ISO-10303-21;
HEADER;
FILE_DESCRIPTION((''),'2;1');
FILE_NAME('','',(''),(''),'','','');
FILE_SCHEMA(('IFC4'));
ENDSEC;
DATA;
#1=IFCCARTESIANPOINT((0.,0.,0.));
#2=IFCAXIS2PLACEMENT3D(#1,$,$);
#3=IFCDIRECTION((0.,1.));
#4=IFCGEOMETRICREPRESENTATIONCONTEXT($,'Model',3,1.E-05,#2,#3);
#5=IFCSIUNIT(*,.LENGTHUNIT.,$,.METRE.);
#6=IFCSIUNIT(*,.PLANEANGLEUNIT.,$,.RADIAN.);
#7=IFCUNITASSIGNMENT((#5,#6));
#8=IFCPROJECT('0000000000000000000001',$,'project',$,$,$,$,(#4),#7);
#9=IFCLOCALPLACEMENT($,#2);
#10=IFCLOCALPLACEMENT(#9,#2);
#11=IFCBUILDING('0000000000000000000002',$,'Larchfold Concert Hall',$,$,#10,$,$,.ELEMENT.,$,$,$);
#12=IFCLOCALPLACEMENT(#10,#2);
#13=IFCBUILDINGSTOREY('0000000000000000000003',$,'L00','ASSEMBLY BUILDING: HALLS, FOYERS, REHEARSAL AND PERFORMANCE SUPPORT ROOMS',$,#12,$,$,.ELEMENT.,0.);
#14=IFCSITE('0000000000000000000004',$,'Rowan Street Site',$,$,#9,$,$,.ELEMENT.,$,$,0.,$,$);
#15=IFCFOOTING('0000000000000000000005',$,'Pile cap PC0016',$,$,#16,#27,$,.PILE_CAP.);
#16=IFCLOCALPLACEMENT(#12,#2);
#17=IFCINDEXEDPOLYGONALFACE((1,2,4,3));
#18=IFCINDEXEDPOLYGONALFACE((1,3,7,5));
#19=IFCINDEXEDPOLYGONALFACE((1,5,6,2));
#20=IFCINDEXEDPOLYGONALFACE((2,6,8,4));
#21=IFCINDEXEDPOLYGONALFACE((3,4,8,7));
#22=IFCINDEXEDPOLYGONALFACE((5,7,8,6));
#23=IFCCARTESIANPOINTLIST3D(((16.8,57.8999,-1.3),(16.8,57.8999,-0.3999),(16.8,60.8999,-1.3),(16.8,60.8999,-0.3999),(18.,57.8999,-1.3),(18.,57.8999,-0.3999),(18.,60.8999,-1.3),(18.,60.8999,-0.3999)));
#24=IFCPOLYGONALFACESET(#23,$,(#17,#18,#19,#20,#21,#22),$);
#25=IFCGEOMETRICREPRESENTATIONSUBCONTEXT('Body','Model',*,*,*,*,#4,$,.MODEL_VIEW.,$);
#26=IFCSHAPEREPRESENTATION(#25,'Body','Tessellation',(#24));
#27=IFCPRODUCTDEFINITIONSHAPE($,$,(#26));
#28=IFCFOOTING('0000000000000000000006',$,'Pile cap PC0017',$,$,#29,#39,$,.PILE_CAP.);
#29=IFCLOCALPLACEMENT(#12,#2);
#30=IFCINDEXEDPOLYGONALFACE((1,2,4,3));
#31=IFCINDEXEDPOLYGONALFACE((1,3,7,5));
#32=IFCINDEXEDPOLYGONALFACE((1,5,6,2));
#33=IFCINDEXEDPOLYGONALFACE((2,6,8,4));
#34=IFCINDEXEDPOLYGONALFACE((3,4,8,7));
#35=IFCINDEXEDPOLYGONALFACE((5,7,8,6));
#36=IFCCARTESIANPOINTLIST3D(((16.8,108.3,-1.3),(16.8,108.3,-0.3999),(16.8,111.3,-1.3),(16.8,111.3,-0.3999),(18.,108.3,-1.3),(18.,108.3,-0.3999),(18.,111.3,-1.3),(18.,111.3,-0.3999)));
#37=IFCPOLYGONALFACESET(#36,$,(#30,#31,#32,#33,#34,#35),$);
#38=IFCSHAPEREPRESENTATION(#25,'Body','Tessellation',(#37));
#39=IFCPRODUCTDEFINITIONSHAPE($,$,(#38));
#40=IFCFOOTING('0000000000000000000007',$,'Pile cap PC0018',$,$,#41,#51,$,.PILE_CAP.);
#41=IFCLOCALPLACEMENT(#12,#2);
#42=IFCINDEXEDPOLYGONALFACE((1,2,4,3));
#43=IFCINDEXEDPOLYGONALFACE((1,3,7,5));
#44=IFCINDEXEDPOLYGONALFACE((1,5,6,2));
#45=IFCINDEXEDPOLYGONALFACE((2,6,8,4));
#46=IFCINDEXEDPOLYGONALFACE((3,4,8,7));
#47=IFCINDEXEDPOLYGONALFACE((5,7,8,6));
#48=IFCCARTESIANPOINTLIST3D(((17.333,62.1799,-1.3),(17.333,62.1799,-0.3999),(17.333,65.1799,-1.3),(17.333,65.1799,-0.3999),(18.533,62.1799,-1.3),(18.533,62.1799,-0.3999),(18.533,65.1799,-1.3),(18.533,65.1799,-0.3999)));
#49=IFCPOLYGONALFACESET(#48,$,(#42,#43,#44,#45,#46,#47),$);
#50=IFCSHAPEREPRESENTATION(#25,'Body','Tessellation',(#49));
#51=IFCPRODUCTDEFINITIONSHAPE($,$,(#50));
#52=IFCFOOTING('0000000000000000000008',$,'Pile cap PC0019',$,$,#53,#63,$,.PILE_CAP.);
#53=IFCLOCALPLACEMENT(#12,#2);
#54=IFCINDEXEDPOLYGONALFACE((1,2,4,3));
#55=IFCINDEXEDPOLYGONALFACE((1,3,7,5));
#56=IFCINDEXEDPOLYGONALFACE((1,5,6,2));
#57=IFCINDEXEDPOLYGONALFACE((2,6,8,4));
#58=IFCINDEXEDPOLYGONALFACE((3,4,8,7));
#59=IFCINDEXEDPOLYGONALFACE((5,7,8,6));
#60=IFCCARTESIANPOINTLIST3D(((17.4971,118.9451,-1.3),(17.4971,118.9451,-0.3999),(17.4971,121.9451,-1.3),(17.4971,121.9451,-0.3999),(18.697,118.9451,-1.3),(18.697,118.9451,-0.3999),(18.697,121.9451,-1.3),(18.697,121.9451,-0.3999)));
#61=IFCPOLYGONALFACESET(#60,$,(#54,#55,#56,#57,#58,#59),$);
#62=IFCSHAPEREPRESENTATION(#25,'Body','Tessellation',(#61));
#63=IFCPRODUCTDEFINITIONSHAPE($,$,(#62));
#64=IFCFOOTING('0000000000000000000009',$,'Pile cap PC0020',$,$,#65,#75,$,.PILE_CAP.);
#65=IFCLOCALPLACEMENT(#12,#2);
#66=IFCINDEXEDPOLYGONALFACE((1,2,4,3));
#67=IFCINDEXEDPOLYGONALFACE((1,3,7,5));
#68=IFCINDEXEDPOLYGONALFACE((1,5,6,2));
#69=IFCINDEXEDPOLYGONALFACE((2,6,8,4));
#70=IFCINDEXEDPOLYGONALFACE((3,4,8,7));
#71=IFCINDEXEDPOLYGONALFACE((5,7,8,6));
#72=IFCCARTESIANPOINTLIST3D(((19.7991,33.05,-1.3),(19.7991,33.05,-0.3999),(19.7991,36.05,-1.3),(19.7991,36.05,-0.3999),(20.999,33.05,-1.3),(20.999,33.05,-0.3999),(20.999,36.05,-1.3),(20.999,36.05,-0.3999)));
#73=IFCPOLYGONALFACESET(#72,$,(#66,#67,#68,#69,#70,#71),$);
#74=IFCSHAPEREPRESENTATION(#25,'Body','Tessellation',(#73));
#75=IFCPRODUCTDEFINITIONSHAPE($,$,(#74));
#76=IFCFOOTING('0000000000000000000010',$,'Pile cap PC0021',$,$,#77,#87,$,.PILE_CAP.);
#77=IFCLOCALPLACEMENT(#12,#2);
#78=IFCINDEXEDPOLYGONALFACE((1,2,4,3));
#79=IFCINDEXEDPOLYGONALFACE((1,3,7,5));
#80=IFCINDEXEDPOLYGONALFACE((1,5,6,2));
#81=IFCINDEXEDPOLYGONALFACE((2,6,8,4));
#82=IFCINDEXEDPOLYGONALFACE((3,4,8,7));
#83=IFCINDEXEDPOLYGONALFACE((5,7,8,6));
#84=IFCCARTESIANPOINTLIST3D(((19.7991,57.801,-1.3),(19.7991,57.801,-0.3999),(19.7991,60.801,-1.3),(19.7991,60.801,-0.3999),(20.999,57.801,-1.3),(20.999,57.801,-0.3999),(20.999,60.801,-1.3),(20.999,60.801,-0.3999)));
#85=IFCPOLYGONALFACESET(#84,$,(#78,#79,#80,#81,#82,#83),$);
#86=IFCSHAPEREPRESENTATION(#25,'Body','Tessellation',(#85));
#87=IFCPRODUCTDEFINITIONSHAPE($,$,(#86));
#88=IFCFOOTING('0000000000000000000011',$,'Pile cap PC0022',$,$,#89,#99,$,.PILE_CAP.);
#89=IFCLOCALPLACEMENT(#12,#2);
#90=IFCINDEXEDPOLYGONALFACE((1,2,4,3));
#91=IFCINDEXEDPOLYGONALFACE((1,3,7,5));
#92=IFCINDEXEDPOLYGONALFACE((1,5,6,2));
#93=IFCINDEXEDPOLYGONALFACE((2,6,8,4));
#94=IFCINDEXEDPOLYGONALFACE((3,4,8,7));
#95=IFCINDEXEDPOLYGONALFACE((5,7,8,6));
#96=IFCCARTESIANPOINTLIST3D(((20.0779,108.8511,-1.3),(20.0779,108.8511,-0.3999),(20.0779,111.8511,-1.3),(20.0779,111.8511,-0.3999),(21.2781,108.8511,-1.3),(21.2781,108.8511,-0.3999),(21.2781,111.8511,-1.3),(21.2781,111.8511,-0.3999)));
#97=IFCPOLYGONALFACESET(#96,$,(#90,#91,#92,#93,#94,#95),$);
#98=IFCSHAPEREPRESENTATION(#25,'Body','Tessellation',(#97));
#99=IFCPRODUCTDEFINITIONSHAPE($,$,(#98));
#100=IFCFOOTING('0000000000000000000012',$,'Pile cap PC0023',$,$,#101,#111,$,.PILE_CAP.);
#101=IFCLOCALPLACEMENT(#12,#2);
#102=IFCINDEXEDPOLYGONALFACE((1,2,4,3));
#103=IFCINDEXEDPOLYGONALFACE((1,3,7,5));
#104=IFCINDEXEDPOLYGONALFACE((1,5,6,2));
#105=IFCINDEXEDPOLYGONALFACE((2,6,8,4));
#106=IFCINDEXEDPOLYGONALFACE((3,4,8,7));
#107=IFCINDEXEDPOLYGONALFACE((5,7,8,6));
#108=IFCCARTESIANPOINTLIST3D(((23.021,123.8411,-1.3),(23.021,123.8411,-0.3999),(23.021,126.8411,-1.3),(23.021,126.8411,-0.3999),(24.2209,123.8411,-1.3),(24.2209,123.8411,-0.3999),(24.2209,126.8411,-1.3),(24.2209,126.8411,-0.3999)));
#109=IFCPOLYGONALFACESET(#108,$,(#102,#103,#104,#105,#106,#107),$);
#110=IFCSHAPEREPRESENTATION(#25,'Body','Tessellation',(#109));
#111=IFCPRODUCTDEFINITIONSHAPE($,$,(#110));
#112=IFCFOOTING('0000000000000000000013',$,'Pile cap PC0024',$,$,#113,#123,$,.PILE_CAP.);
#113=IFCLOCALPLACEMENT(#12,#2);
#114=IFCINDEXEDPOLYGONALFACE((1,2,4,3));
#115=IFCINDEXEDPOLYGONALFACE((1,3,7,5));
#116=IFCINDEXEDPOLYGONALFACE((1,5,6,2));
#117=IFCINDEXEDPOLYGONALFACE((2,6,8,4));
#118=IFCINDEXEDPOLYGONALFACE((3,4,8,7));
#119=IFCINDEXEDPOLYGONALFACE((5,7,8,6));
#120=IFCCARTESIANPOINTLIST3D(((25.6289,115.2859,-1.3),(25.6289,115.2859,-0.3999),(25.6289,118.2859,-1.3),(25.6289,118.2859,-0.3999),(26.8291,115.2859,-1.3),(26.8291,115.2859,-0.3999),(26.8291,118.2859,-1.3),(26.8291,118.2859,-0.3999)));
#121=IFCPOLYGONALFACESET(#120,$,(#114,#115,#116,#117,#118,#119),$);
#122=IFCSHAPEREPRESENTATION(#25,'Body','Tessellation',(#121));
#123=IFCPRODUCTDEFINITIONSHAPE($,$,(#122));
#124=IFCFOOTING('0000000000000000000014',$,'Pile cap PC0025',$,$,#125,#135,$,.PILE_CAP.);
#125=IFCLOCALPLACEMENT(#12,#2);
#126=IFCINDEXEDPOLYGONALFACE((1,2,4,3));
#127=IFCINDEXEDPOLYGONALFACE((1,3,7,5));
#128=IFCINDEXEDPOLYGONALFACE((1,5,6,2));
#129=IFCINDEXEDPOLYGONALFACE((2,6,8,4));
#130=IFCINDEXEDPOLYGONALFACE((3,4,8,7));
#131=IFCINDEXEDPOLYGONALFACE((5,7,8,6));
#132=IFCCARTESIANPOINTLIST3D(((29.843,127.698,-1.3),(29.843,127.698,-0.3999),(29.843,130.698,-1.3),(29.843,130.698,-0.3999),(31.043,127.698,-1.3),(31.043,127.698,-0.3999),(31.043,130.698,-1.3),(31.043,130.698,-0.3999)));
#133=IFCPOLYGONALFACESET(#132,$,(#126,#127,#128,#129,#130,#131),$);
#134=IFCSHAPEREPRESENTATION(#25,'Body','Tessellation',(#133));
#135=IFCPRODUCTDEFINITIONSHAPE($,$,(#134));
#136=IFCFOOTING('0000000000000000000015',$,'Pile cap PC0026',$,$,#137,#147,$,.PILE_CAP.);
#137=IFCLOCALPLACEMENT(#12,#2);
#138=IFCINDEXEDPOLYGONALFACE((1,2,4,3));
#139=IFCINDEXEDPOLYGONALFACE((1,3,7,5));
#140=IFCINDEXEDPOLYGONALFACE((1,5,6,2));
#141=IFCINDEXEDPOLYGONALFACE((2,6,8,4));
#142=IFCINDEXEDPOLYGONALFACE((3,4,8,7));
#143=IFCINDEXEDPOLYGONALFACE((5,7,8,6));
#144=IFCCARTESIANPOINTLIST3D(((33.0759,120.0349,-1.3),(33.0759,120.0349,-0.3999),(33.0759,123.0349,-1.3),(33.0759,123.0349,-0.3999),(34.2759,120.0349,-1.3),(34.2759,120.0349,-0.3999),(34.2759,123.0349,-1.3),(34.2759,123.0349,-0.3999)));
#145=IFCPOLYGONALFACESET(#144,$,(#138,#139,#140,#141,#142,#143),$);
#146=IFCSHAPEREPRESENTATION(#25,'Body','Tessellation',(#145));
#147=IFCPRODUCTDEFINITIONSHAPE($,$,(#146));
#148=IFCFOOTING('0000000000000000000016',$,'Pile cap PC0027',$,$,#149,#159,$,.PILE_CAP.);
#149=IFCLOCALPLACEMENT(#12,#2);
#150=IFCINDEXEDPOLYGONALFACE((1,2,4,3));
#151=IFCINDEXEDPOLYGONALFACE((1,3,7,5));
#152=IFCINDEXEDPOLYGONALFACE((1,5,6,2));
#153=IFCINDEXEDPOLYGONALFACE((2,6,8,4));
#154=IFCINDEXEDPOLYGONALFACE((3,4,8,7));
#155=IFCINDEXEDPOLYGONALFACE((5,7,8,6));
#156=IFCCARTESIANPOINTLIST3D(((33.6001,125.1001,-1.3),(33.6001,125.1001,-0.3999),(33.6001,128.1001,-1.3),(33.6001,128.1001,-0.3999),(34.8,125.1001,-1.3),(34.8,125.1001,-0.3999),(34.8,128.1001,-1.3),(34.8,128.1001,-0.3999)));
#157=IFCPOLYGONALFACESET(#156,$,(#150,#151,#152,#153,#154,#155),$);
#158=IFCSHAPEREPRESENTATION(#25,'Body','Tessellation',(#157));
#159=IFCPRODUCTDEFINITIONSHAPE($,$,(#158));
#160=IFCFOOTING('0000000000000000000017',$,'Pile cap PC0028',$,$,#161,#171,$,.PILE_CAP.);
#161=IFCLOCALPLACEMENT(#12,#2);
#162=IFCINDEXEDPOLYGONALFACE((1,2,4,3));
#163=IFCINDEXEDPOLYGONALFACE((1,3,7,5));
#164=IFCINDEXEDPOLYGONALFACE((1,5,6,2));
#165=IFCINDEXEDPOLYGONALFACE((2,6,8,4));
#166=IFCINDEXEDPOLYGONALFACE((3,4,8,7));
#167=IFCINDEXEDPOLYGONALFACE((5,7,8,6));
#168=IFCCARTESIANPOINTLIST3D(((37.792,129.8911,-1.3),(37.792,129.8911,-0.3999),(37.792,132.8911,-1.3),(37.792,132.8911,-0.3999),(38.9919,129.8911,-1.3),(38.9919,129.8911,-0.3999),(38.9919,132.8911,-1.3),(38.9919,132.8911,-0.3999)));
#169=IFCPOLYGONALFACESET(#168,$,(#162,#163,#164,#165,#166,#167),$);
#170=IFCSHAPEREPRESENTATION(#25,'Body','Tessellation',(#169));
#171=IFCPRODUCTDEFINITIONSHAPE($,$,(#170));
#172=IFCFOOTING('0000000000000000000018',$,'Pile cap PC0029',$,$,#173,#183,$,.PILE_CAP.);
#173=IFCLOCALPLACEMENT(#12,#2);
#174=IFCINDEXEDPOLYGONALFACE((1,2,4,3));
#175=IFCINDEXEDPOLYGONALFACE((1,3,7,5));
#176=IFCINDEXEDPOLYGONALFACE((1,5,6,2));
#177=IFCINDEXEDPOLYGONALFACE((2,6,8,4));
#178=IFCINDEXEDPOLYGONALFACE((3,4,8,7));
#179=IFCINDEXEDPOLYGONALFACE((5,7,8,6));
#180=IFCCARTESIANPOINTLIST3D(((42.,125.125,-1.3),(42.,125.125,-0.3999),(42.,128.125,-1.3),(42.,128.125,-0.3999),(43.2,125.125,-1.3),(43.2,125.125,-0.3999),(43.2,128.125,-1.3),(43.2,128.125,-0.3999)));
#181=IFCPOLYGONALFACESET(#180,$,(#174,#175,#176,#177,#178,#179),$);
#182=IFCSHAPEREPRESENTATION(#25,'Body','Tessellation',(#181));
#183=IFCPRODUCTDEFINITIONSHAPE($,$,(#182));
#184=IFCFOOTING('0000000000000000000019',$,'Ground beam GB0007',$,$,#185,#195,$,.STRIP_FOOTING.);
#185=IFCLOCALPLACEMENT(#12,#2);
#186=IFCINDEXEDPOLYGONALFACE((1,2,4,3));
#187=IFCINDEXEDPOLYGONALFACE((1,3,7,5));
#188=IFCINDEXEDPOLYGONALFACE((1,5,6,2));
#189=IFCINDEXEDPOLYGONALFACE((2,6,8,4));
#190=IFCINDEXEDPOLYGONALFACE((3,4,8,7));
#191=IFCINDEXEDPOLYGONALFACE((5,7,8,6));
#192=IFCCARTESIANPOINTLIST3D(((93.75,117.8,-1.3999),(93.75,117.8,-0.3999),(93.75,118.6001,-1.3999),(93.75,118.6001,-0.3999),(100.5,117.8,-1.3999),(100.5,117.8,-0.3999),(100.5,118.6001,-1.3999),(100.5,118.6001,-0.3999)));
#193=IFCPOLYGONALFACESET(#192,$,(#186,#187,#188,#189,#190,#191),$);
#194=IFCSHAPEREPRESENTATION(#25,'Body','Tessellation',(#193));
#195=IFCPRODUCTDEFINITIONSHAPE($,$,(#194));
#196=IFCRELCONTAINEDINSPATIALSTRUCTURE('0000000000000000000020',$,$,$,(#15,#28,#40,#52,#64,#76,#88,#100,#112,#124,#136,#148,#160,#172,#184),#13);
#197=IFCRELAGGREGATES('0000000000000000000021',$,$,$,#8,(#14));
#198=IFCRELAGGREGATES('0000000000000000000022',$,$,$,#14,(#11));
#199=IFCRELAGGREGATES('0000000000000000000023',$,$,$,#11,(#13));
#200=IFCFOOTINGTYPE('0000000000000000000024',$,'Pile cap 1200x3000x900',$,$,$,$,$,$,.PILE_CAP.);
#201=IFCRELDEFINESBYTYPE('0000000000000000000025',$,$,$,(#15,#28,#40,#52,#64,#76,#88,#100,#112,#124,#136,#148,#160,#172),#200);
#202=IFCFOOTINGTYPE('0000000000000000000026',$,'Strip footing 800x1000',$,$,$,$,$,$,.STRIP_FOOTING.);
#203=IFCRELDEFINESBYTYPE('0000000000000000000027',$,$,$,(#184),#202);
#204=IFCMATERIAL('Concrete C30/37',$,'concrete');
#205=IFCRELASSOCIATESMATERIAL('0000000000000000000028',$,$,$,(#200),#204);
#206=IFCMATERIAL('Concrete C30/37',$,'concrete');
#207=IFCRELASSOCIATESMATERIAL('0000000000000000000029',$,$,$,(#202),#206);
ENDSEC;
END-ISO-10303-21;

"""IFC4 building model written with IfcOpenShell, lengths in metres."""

from ifc_helpers import new_model, si_unit, direction, frame, origin, place, context, subcontext, project, spatial, polyline, outline, extrude, material, type_object, element, save


model = new_model("IFC4")

# Units and contexts
model_context = context("Model", 3, precision=1e-05, world=origin(), true_north=direction((0.0, 1.0)))
body_context = subcontext(model_context, "Body", "Model", "MODEL_VIEW")
ifc_project = project(units=[si_unit("LENGTHUNIT", "METRE"), si_unit("PLANEANGLEUNIT", "RADIAN")], contexts=[model_context])

# Site, building, storey
site_placement = place(None, origin())
site = spatial("IfcSite", under=ifc_project, at=site_placement, Name="Rowan Street Site", CompositionType="ELEMENT", RefElevation=0.0)
building_placement = place(site_placement, origin())
building = spatial("IfcBuilding", under=site, at=building_placement, Name="Larchfold Concert Hall", CompositionType="ELEMENT")
storey_placement = place(building_placement, origin())
storey = spatial("IfcBuildingStorey", under=building, at=storey_placement, Name="L00", Description="ASSEMBLY BUILDING: HALLS, FOYERS, REHEARSAL AND PERFORMANCE SUPPORT ROOMS", CompositionType="ELEMENT", Elevation=0.0)

# Footings
ifc_material_1 = material(Name="Concrete C30/37", Category="concrete")
footing_type_1 = type_object("IfcFootingType", Name="Pile cap 1200x3000x900", PredefinedType="PILE_CAP", material=ifc_material_1)
footing_1_placement = place(storey_placement, frame((0.0, 0.0, -1.3)))
element("IfcFooting", 1, at=footing_1_placement, inside=storey, type_object=footing_type_1, Name="Pile cap PC0016", PredefinedType="PILE_CAP", context=body_context, shape_type="SweptSolid", body=[
    extrude(outline(polyline([(18.0, 57.8999), (18.0, 60.8999), (16.8, 60.8999), (16.8, 57.8999), (18.0, 57.8999)])), origin(), (0.0, 0.0, 1.0), 0.9001),
])
footing_2_placement = place(storey_placement, frame((0.0, 0.0, -1.3)))
element("IfcFooting", 2, at=footing_2_placement, inside=storey, type_object=footing_type_1, Name="Pile cap PC0017", PredefinedType="PILE_CAP", context=body_context, shape_type="SweptSolid", body=[
    extrude(outline(polyline([(18.0, 108.3), (18.0, 111.3), (16.8, 111.3), (16.8, 108.3), (18.0, 108.3)])), origin(), (0.0, 0.0, 1.0), 0.9001),
])
footing_3_placement = place(storey_placement, frame((0.0, 0.0, -1.3)))
element("IfcFooting", 3, at=footing_3_placement, inside=storey, type_object=footing_type_1, Name="Pile cap PC0018", PredefinedType="PILE_CAP", context=body_context, shape_type="SweptSolid", body=[
    extrude(outline(polyline([(18.533, 62.1799), (18.533, 65.1799), (17.333, 65.1799), (17.333, 62.1799), (18.533, 62.1799)])), origin(), (0.0, 0.0, 1.0), 0.9001),
])
footing_4_placement = place(storey_placement, frame((0.0, 0.0, -1.3)))
element("IfcFooting", 4, at=footing_4_placement, inside=storey, type_object=footing_type_1, Name="Pile cap PC0019", PredefinedType="PILE_CAP", context=body_context, shape_type="SweptSolid", body=[
    extrude(outline(polyline([(18.697, 118.9451), (18.697, 121.9451), (17.4971, 121.9451), (17.4971, 118.9451), (18.697, 118.9451)])), origin(), (0.0, 0.0, 1.0), 0.9001),
])
footing_5_placement = place(storey_placement, frame((0.0, 0.0, -1.3)))
element("IfcFooting", 5, at=footing_5_placement, inside=storey, type_object=footing_type_1, Name="Pile cap PC0020", PredefinedType="PILE_CAP", context=body_context, shape_type="SweptSolid", body=[
    extrude(outline(polyline([(20.999, 33.05), (20.999, 36.05), (19.7991, 36.05), (19.7991, 33.05), (20.999, 33.05)])), origin(), (0.0, 0.0, 1.0), 0.9001),
])
footing_6_placement = place(storey_placement, frame((0.0, 0.0, -1.3)))
element("IfcFooting", 6, at=footing_6_placement, inside=storey, type_object=footing_type_1, Name="Pile cap PC0021", PredefinedType="PILE_CAP", context=body_context, shape_type="SweptSolid", body=[
    extrude(outline(polyline([(20.999, 57.801), (20.999, 60.801), (19.7991, 60.801), (19.7991, 57.801), (20.999, 57.801)])), origin(), (0.0, 0.0, 1.0), 0.9001),
])
footing_7_placement = place(storey_placement, frame((0.0, 0.0, -1.3)))
element("IfcFooting", 7, at=footing_7_placement, inside=storey, type_object=footing_type_1, Name="Pile cap PC0022", PredefinedType="PILE_CAP", context=body_context, shape_type="SweptSolid", body=[
    extrude(outline(polyline([(21.2781, 108.8511), (21.2781, 111.8511), (20.0779, 111.8511), (20.0779, 108.8511), (21.2781, 108.8511)])), origin(), (0.0, 0.0, 1.0), 0.9001),
])
footing_8_placement = place(storey_placement, frame((0.0, 0.0, -1.3)))
element("IfcFooting", 8, at=footing_8_placement, inside=storey, type_object=footing_type_1, Name="Pile cap PC0023", PredefinedType="PILE_CAP", context=body_context, shape_type="SweptSolid", body=[
    extrude(outline(polyline([(24.2209, 123.8411), (24.2209, 126.8411), (23.021, 126.8411), (23.021, 123.8411), (24.2209, 123.8411)])), origin(), (0.0, 0.0, 1.0), 0.9001),
])
footing_9_placement = place(storey_placement, frame((0.0, 0.0, -1.3)))
element("IfcFooting", 9, at=footing_9_placement, inside=storey, type_object=footing_type_1, Name="Pile cap PC0024", PredefinedType="PILE_CAP", context=body_context, shape_type="SweptSolid", body=[
    extrude(outline(polyline([(26.8291, 115.2859), (26.8291, 118.2859), (25.6289, 118.2859), (25.6289, 115.2859), (26.8291, 115.2859)])), origin(), (0.0, 0.0, 1.0), 0.9001),
])
footing_10_placement = place(storey_placement, frame((0.0, 0.0, -1.3)))
element("IfcFooting", 10, at=footing_10_placement, inside=storey, type_object=footing_type_1, Name="Pile cap PC0025", PredefinedType="PILE_CAP", context=body_context, shape_type="SweptSolid", body=[
    extrude(outline(polyline([(31.043, 127.698), (31.043, 130.698), (29.843, 130.698), (29.843, 127.698), (31.043, 127.698)])), origin(), (0.0, 0.0, 1.0), 0.9001),
])
footing_11_placement = place(storey_placement, frame((0.0, 0.0, -1.3)))
element("IfcFooting", 11, at=footing_11_placement, inside=storey, type_object=footing_type_1, Name="Pile cap PC0026", PredefinedType="PILE_CAP", context=body_context, shape_type="SweptSolid", body=[
    extrude(outline(polyline([(34.2759, 120.0349), (34.2759, 123.0349), (33.0759, 123.0349), (33.0759, 120.0349), (34.2759, 120.0349)])), origin(), (0.0, 0.0, 1.0), 0.9001),
])
footing_12_placement = place(storey_placement, frame((0.0, 0.0, -1.3)))
element("IfcFooting", 12, at=footing_12_placement, inside=storey, type_object=footing_type_1, Name="Pile cap PC0027", PredefinedType="PILE_CAP", context=body_context, shape_type="SweptSolid", body=[
    extrude(outline(polyline([(34.8, 125.1001), (34.8, 128.1001), (33.6001, 128.1001), (33.6001, 125.1001), (34.8, 125.1001)])), origin(), (0.0, 0.0, 1.0), 0.9001),
])
footing_13_placement = place(storey_placement, frame((0.0, 0.0, -1.3)))
element("IfcFooting", 13, at=footing_13_placement, inside=storey, type_object=footing_type_1, Name="Pile cap PC0028", PredefinedType="PILE_CAP", context=body_context, shape_type="SweptSolid", body=[
    extrude(outline(polyline([(38.9919, 129.8911), (38.9919, 132.8911), (37.792, 132.8911), (37.792, 129.8911), (38.9919, 129.8911)])), origin(), (0.0, 0.0, 1.0), 0.9001),
])
footing_14_placement = place(storey_placement, frame((0.0, 0.0, -1.3)))
element("IfcFooting", 14, at=footing_14_placement, inside=storey, type_object=footing_type_1, Name="Pile cap PC0029", PredefinedType="PILE_CAP", context=body_context, shape_type="SweptSolid", body=[
    extrude(outline(polyline([(43.2, 125.125), (43.2, 128.125), (42.0, 128.125), (42.0, 125.125), (43.2, 125.125)])), origin(), (0.0, 0.0, 1.0), 0.9001),
])
ifc_material_2 = material(Name="Concrete C30/37", Category="concrete")
footing_type_2 = type_object("IfcFootingType", Name="Strip footing 800x1000", PredefinedType="STRIP_FOOTING", material=ifc_material_2)
footing_15_placement = place(storey_placement, frame((0.0, 0.0, -1.3999)))
element("IfcFooting", 15, at=footing_15_placement, inside=storey, type_object=footing_type_2, Name="Ground beam GB0007", PredefinedType="STRIP_FOOTING", context=body_context, shape_type="SweptSolid", body=[
    extrude(outline(polyline([(93.75, 118.6001), (93.75, 117.8), (100.5, 117.8), (100.5, 118.6001), (93.75, 118.6001)])), origin(), (0.0, 0.0, 1.0), 1.0),
])

save(model, "model.ifc")
